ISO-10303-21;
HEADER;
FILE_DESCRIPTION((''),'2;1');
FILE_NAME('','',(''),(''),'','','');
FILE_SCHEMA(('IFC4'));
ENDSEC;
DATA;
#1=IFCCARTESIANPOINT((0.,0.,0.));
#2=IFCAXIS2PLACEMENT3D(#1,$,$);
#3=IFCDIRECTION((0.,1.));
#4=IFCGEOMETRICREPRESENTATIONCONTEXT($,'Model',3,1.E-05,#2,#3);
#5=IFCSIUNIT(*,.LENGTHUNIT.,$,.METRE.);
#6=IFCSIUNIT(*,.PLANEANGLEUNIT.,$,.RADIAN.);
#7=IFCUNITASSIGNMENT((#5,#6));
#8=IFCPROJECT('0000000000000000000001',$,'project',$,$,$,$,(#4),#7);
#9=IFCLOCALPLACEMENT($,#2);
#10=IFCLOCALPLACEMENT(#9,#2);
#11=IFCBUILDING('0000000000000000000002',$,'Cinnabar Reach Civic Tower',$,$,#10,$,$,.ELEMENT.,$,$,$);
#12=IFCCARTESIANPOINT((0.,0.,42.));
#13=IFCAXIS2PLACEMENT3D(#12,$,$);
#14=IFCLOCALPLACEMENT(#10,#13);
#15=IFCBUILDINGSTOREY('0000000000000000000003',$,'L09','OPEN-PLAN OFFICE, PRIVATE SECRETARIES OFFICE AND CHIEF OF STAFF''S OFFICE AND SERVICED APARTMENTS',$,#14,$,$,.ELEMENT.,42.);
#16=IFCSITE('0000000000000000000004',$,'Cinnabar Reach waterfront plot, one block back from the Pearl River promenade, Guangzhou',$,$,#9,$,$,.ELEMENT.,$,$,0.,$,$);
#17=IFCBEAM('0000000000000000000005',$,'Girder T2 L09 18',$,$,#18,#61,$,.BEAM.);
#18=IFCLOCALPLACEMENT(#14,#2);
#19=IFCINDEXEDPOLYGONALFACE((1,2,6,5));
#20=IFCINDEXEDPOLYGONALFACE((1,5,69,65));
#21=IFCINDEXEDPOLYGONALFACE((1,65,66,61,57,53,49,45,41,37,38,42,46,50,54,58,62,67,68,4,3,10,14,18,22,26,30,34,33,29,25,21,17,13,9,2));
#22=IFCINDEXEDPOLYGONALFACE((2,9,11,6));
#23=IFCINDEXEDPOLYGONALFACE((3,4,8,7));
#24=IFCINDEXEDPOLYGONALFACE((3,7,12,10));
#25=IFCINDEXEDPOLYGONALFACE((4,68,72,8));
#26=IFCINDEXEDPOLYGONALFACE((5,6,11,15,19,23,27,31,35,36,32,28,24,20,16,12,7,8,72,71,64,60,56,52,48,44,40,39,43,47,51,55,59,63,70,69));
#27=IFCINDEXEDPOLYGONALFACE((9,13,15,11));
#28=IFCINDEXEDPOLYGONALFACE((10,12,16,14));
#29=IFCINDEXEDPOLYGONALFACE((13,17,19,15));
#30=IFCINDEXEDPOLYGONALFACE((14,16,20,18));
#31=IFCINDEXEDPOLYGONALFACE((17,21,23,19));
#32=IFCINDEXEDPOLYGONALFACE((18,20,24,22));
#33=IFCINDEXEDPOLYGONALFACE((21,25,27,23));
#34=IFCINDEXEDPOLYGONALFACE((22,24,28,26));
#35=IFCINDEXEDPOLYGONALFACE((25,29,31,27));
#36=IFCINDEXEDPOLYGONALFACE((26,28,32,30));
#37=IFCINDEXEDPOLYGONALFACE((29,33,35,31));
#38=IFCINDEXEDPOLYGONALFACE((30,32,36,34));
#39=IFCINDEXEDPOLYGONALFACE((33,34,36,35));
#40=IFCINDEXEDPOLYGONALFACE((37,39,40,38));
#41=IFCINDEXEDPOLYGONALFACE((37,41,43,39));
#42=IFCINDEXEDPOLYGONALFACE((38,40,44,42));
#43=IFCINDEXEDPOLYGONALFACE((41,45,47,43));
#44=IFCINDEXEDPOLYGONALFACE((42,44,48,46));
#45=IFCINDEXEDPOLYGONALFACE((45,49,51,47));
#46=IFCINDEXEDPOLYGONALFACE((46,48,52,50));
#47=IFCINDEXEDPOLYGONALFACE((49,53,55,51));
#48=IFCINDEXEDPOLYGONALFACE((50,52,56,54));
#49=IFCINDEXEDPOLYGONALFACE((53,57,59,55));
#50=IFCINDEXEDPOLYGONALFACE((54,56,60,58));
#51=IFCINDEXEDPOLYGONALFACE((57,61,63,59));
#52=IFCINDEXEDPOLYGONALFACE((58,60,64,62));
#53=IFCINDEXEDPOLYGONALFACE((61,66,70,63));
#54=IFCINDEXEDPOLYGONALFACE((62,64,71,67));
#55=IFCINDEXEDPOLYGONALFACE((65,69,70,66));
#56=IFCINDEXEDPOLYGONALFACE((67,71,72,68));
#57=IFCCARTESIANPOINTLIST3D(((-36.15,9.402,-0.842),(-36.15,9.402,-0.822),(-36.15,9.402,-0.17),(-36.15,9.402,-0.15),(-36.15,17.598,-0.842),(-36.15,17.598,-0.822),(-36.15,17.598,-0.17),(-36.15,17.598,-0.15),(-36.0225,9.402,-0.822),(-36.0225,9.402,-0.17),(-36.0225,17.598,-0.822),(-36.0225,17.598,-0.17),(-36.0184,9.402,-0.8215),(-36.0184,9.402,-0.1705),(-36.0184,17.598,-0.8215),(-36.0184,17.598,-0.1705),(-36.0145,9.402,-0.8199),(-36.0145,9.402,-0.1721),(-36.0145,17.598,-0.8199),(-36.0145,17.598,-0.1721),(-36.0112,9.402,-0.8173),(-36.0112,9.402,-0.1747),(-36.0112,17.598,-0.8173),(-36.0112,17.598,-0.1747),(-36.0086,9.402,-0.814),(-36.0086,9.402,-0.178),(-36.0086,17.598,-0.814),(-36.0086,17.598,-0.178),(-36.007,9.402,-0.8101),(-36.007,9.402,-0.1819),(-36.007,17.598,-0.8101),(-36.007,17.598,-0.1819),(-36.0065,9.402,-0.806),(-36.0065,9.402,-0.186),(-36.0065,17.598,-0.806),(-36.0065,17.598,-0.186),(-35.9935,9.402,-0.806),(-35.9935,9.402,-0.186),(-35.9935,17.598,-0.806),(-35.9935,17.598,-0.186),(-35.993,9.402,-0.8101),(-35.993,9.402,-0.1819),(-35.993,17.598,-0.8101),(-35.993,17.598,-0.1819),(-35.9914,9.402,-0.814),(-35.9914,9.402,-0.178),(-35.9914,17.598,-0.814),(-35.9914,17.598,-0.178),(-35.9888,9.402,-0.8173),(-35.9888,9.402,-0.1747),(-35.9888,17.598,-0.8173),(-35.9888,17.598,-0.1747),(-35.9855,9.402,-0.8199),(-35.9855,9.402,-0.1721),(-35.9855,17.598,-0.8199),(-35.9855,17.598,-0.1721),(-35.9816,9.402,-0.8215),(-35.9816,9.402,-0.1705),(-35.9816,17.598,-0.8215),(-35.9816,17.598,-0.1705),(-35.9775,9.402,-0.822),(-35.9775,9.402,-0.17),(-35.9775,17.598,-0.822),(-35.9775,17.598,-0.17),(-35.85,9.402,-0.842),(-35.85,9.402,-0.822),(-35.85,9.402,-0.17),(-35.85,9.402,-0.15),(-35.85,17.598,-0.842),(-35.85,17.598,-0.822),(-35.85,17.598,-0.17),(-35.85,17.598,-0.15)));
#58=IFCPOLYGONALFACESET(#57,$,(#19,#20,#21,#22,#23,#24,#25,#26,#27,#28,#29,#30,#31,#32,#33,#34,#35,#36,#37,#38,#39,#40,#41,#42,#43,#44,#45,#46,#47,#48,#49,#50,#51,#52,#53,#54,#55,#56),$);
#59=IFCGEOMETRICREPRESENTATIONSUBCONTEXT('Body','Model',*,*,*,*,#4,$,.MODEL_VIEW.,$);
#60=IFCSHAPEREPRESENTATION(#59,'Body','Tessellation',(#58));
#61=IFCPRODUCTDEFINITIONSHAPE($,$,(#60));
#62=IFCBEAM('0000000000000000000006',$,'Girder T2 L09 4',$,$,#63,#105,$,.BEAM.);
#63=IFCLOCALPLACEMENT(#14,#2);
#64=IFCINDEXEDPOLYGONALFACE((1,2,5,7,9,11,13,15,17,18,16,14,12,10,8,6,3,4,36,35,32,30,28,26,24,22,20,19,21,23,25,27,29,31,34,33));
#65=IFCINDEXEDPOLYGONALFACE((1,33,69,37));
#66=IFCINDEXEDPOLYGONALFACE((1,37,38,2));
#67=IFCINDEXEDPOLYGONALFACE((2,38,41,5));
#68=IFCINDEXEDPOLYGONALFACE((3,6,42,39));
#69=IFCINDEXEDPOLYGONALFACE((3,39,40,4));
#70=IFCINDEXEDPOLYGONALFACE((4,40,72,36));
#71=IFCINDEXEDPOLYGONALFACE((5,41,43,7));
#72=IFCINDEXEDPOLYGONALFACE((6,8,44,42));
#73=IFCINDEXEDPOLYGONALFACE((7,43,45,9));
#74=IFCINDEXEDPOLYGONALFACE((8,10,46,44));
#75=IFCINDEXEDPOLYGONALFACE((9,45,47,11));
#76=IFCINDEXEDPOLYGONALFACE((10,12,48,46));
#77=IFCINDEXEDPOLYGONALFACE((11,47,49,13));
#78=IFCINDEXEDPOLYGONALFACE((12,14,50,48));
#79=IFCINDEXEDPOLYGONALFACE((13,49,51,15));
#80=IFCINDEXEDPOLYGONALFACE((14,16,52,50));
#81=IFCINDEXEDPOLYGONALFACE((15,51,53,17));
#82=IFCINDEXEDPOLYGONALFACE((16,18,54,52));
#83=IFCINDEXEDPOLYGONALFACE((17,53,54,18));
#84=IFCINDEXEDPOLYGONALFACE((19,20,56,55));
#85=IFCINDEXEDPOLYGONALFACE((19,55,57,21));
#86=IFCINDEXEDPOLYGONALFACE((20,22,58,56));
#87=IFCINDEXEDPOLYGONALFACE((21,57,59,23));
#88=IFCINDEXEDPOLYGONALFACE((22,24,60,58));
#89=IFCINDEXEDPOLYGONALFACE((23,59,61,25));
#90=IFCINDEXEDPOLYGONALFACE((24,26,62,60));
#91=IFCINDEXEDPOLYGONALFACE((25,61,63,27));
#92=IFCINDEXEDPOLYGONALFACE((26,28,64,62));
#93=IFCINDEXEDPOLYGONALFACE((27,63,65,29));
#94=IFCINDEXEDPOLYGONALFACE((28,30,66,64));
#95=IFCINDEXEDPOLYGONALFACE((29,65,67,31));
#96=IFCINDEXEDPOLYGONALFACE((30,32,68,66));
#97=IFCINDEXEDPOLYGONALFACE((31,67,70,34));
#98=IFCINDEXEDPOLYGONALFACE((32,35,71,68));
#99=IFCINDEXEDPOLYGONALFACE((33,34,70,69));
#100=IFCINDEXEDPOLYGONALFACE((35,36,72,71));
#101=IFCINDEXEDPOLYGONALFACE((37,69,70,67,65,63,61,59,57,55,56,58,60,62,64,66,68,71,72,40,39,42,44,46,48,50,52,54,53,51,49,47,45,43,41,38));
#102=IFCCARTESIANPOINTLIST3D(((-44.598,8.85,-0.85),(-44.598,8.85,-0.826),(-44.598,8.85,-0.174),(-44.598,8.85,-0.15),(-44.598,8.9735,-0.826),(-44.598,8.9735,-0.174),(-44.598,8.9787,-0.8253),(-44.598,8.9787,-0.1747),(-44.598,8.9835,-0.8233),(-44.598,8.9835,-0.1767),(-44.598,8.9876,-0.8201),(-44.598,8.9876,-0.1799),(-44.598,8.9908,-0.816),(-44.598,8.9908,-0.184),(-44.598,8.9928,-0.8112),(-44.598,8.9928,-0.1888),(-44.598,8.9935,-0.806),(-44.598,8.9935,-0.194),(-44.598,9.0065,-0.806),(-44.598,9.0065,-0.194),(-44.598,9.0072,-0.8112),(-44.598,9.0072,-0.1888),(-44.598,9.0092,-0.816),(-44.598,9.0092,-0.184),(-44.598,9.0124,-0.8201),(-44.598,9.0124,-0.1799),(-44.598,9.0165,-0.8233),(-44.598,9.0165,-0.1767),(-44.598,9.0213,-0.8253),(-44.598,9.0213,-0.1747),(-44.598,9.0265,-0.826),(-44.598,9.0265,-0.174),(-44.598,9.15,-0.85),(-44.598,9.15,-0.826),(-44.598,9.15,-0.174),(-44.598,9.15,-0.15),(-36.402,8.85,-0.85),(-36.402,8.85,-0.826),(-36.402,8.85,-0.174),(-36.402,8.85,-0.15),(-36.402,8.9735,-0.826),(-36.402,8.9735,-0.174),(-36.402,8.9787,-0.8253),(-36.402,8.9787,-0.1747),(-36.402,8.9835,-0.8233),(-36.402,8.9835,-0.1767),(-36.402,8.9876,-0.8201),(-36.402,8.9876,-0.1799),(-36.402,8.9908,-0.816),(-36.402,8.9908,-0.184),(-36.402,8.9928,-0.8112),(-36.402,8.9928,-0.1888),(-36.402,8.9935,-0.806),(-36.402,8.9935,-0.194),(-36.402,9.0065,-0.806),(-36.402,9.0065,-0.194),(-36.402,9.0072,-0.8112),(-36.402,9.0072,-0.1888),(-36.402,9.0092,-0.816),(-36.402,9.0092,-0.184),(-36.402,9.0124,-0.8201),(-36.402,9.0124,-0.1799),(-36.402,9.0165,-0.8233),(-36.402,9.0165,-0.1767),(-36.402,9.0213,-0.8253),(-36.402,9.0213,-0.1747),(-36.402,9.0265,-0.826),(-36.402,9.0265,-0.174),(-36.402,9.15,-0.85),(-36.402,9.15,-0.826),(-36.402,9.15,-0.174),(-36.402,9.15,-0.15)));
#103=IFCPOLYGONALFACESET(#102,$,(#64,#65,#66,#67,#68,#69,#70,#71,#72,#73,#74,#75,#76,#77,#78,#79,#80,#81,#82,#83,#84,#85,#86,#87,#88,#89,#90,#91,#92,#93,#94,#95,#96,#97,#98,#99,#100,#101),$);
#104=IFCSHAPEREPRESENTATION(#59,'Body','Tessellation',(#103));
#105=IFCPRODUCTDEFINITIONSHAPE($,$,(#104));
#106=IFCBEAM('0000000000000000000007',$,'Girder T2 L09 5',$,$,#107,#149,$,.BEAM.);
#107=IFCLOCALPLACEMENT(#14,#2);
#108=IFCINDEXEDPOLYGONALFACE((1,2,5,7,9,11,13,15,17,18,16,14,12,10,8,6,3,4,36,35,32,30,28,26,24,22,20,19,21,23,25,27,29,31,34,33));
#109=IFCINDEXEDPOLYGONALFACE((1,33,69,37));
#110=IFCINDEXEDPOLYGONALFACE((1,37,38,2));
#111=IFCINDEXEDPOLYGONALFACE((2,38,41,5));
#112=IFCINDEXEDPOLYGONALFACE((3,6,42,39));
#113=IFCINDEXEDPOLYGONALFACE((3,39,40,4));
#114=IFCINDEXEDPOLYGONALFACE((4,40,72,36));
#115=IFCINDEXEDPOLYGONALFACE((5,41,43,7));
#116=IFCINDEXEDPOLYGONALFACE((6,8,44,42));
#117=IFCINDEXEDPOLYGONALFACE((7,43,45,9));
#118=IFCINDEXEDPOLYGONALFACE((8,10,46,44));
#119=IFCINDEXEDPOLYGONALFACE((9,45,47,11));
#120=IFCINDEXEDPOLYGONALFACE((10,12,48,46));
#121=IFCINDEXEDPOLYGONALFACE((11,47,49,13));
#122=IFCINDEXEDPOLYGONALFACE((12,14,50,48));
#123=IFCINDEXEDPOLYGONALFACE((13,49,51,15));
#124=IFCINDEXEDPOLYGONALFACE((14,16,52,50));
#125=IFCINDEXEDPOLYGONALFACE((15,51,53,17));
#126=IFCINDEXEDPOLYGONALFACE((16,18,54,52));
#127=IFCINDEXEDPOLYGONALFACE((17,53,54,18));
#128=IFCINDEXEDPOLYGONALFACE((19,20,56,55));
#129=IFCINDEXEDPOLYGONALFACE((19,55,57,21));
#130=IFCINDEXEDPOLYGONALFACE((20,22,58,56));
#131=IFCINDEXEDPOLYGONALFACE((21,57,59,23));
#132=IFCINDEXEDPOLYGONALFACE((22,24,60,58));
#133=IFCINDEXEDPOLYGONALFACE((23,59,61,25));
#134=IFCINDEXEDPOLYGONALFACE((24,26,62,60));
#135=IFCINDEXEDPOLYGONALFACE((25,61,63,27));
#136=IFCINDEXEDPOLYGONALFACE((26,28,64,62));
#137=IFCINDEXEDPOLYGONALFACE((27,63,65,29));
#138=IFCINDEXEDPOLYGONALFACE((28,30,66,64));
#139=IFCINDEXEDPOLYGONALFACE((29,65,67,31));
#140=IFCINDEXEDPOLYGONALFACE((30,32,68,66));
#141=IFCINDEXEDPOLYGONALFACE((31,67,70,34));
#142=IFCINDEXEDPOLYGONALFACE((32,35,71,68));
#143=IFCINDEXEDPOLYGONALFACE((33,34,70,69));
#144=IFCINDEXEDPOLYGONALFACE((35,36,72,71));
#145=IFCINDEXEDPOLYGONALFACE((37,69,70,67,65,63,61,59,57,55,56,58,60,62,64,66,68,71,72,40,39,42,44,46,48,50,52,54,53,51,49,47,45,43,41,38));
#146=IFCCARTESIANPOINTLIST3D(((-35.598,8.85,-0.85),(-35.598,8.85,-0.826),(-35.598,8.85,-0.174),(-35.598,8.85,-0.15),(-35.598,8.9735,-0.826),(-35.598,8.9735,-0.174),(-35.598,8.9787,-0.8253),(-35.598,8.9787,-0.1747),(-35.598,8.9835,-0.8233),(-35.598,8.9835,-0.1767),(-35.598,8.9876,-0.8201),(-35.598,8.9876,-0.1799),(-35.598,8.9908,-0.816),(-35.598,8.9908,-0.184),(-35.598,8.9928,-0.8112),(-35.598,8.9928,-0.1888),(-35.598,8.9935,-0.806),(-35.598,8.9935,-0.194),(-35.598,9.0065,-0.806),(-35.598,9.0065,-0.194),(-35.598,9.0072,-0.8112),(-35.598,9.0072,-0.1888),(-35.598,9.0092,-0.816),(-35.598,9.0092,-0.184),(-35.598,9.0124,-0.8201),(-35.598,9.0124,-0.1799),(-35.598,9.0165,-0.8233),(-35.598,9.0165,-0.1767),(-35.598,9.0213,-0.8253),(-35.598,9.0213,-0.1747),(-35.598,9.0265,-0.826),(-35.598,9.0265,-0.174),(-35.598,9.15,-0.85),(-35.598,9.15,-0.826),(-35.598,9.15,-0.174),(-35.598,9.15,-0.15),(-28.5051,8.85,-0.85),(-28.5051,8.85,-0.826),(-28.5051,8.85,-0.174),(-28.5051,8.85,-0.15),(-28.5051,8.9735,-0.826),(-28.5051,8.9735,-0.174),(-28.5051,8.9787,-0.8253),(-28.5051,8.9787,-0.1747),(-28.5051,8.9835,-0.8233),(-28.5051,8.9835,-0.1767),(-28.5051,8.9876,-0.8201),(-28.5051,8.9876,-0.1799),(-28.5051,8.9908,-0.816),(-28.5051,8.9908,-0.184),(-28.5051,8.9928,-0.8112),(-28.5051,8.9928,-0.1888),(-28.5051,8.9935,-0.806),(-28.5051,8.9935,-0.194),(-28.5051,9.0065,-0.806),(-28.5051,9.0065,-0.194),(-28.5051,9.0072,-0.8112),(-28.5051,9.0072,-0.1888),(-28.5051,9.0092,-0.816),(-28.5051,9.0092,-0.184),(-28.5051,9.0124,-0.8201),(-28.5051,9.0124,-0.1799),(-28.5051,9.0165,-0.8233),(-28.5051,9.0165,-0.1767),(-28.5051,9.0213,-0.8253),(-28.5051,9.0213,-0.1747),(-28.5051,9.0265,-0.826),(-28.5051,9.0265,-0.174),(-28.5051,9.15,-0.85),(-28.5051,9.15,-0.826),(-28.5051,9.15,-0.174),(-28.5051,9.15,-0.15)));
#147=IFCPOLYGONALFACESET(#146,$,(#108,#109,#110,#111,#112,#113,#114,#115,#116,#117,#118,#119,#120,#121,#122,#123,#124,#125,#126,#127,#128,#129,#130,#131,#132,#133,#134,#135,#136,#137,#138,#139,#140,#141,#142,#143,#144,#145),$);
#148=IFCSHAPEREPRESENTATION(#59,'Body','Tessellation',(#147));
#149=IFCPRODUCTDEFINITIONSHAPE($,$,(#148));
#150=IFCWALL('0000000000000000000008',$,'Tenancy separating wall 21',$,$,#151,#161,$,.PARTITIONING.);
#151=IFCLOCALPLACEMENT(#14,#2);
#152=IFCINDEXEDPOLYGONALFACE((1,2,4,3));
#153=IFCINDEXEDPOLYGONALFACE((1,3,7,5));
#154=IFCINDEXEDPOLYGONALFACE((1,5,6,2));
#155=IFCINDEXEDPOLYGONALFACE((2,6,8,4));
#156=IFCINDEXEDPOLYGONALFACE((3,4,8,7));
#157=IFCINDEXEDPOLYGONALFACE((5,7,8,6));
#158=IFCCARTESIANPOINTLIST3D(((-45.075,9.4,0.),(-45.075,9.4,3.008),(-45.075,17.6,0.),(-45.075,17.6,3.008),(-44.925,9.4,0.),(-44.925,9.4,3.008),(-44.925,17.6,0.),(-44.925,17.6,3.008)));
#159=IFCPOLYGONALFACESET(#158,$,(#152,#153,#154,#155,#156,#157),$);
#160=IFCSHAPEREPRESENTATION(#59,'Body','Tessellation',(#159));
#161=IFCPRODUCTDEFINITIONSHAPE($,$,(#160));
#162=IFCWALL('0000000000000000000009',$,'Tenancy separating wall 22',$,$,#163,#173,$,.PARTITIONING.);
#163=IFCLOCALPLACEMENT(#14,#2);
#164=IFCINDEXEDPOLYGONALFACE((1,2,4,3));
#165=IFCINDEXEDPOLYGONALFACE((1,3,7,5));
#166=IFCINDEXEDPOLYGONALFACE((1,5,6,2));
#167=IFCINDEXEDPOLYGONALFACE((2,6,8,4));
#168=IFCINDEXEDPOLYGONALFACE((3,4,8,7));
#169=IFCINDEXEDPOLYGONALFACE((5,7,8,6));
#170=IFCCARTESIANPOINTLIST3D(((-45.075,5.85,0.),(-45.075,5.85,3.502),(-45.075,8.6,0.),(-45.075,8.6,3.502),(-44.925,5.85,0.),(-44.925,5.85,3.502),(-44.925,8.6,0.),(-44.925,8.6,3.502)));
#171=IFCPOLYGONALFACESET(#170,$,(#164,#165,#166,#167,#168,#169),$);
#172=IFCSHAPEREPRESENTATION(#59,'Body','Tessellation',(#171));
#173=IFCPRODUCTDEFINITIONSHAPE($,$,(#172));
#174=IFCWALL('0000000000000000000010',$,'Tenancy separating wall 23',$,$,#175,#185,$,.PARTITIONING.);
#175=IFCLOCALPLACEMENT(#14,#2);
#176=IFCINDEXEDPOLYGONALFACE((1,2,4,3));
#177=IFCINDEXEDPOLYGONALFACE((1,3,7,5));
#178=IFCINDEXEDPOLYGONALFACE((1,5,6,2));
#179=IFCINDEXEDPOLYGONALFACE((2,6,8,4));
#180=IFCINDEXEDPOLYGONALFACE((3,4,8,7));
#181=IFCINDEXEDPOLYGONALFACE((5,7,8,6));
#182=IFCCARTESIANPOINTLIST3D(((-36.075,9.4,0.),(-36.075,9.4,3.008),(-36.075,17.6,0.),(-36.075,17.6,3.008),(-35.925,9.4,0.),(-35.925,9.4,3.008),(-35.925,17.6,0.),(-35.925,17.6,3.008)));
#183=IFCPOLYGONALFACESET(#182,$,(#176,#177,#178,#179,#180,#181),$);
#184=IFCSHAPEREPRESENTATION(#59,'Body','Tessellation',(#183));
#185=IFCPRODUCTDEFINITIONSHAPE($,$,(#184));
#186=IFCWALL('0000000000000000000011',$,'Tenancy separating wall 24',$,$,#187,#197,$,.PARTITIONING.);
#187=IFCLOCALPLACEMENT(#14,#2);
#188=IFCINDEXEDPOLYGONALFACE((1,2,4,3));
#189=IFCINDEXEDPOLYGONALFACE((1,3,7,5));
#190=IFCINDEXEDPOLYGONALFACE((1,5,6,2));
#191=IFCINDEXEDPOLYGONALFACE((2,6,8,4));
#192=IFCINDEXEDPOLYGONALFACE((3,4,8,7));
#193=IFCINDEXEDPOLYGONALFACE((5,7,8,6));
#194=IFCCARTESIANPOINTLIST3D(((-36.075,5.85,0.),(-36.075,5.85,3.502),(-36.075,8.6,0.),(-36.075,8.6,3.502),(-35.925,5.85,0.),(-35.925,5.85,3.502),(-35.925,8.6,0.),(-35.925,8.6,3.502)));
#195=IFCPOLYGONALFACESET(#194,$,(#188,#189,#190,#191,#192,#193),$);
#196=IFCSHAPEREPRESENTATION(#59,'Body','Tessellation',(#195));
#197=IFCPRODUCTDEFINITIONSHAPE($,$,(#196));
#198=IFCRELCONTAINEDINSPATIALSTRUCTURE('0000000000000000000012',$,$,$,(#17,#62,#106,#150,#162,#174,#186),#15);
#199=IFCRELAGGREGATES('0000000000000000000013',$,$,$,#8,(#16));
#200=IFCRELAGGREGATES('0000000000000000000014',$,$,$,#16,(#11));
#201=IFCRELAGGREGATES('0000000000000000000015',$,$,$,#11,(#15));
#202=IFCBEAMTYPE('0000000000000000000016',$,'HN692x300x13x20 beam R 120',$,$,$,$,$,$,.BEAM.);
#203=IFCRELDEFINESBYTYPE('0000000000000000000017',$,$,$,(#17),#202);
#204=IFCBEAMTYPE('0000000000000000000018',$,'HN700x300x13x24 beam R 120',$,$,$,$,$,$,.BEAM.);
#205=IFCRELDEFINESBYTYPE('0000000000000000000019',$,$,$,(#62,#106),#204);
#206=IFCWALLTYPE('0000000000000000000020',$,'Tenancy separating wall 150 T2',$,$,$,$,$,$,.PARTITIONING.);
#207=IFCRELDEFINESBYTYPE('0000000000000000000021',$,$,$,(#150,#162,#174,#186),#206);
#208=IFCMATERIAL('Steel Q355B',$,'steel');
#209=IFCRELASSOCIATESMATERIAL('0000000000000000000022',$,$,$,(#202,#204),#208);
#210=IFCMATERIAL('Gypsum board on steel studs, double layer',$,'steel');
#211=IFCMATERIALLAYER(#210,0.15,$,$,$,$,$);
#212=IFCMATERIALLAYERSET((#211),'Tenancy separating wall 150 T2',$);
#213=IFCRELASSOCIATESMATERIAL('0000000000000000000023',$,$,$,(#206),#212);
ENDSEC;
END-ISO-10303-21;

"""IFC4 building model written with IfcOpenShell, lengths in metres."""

from ifc_helpers import new_model, si_unit, direction, frame, frame_2d, origin, origin_2d, place, context, subcontext, project, spatial, rectangle, i_section, extrude, material, layer, layer_set, material_profile, profile_set, type_object, element, save


model = new_model("IFC4")

# Units and contexts
model_context = context("Model", 3, precision=1e-05, world=origin(), true_north=direction((0.0, 1.0)))
body_context = subcontext(model_context, "Body", "Model", "MODEL_VIEW")
ifc_project = project(units=[si_unit("LENGTHUNIT", "METRE"), si_unit("PLANEANGLEUNIT", "RADIAN")], contexts=[model_context])

# Site, building, storey
site_placement = place(None, origin())
site = spatial("IfcSite", under=ifc_project, at=site_placement, Name="Cinnabar Reach waterfront plot, one block back from the Pearl River promenade, Guangzhou", CompositionType="ELEMENT", RefElevation=0.0)
building_placement = place(site_placement, origin())
building = spatial("IfcBuilding", under=site, at=building_placement, Name="Cinnabar Reach Civic Tower", CompositionType="ELEMENT")
storey_placement = place(building_placement, frame((0.0, 0.0, 42.0)))
storey = spatial("IfcBuildingStorey", under=building, at=storey_placement, Name="L09", Description="OPEN-PLAN OFFICE, PRIVATE SECRETARIES OFFICE AND CHIEF OF STAFF'S OFFICE AND SERVICED APARTMENTS", CompositionType="ELEMENT", Elevation=42.0)

# Beams
ifc_material_1 = material(Name="Steel Q355B", Category="steel")
ifc_material_profile_1 = material_profile(ifc_material_1, i_section(OverallWidth=0.3, OverallDepth=0.692, WebThickness=0.013, FlangeThickness=0.02, FilletRadius=0.016, at=origin_2d()), Name="HN692x300x13x20")
ifc_profile_set_1 = profile_set([ifc_material_profile_1], Name="Steel Q355B")
beam_type_1 = type_object("IfcBeamType", Name="HN692x300x13x20 beam R 120", PredefinedType="BEAM", material=ifc_profile_set_1)
for number, where, z_axis, x_axis, name in (
    (1, (-36.0, 9.402, -0.496), (0.0, 1.0, 0.0), (-1.0, 0.0, 0.0), "Girder T2 L09 18"),
):
    element("IfcBeam", number, at=place(storey_placement, frame(where, z_axis=z_axis, x_axis=x_axis)), inside=storey, type_object=beam_type_1, Name=name, PredefinedType="BEAM", context=body_context, shape_type="SweptSolid", body=[
        extrude(i_section(OverallWidth=0.3, OverallDepth=0.692, WebThickness=0.013, FlangeThickness=0.02, FilletRadius=0.016, at=origin_2d()), origin(), (0.0, 0.0, 1.0), 8.196),
    ])
ifc_material_profile_2 = material_profile(ifc_material_1, i_section(OverallWidth=0.3, OverallDepth=0.7, WebThickness=0.013, FlangeThickness=0.024, FilletRadius=0.02, at=origin_2d()), Name="HN700x300x13x24")
ifc_profile_set_2 = profile_set([ifc_material_profile_2], Name="Steel Q355B")
beam_type_2 = type_object("IfcBeamType", Name="HN700x300x13x24 beam R 120", PredefinedType="BEAM", material=ifc_profile_set_2)
beam_1_placement = place(storey_placement, frame((-44.598, 9.0, -0.5), z_axis=(1.0, 0.0, 0.0), x_axis=(0.0, 1.0, 0.0)))
element("IfcBeam", 2, at=beam_1_placement, inside=storey, type_object=beam_type_2, Name="Girder T2 L09 4", PredefinedType="BEAM", context=body_context, shape_type="SweptSolid", body=[
    extrude(i_section(OverallWidth=0.3, OverallDepth=0.7, WebThickness=0.013, FlangeThickness=0.024, FilletRadius=0.02, at=origin_2d()), origin(), (0.0, 0.0, 1.0), 8.196),
])
beam_2_placement = place(storey_placement, frame((-35.598, 9.0, -0.5), z_axis=(1.0, 0.0, 0.0), x_axis=(0.0, 1.0, 0.0)))
element("IfcBeam", 3, at=beam_2_placement, inside=storey, type_object=beam_type_2, Name="Girder T2 L09 5", PredefinedType="BEAM", context=body_context, shape_type="SweptSolid", body=[
    extrude(i_section(OverallWidth=0.3, OverallDepth=0.7, WebThickness=0.013, FlangeThickness=0.024, FilletRadius=0.02, at=origin_2d()), origin(), (0.0, 0.0, 1.0), 7.0929),
])

# Walls
ifc_material_2 = material(Name="Gypsum board on steel studs, double layer", Category="steel")
ifc_layer = layer(ifc_material_2, 0.15)
ifc_layer_set = layer_set([ifc_layer], Name="Tenancy separating wall 150 T2")
wall_type = type_object("IfcWallType", Name="Tenancy separating wall 150 T2", PredefinedType="PARTITIONING", material=ifc_layer_set)
wall_1_placement = place(storey_placement, frame((-45.0, 9.4, 0.0), z_axis=(0.0, 0.0, 1.0), x_axis=(0.0, 1.0, 0.0)))
element("IfcWall", 4, at=wall_1_placement, inside=storey, type_object=wall_type, Name="Tenancy separating wall 21", PredefinedType="PARTITIONING", context=body_context, shape_type="SweptSolid", body=[
    extrude(rectangle(XDim=8.2, YDim=0.15, at=frame_2d((4.1, 0.0))), origin(), (0.0, 0.0, 1.0), 3.008),
])
wall_2_placement = place(storey_placement, frame((-45.0, 5.85, 0.0), z_axis=(0.0, 0.0, 1.0), x_axis=(0.0, 1.0, 0.0)))
element("IfcWall", 5, at=wall_2_placement, inside=storey, type_object=wall_type, Name="Tenancy separating wall 22", PredefinedType="PARTITIONING", context=body_context, shape_type="SweptSolid", body=[
    extrude(rectangle(XDim=2.75, YDim=0.15, at=frame_2d((1.375, 0.0))), origin(), (0.0, 0.0, 1.0), 3.502),
])
wall_3_placement = place(storey_placement, frame((-36.0, 9.4, 0.0), z_axis=(0.0, 0.0, 1.0), x_axis=(0.0, 1.0, 0.0)))
element("IfcWall", 6, at=wall_3_placement, inside=storey, type_object=wall_type, Name="Tenancy separating wall 23", PredefinedType="PARTITIONING", context=body_context, shape_type="SweptSolid", body=[
    extrude(rectangle(XDim=8.2, YDim=0.15, at=frame_2d((4.1, 0.0))), origin(), (0.0, 0.0, 1.0), 3.008),
])
wall_4_placement = place(storey_placement, frame((-36.0, 5.85, 0.0), z_axis=(0.0, 0.0, 1.0), x_axis=(0.0, 1.0, 0.0)))
element("IfcWall", 7, at=wall_4_placement, inside=storey, type_object=wall_type, Name="Tenancy separating wall 24", PredefinedType="PARTITIONING", context=body_context, shape_type="SweptSolid", body=[
    extrude(rectangle(XDim=2.75, YDim=0.15, at=frame_2d((1.375, 0.0))), origin(), (0.0, 0.0, 1.0), 3.502),
])

save(model, "model.ifc")
